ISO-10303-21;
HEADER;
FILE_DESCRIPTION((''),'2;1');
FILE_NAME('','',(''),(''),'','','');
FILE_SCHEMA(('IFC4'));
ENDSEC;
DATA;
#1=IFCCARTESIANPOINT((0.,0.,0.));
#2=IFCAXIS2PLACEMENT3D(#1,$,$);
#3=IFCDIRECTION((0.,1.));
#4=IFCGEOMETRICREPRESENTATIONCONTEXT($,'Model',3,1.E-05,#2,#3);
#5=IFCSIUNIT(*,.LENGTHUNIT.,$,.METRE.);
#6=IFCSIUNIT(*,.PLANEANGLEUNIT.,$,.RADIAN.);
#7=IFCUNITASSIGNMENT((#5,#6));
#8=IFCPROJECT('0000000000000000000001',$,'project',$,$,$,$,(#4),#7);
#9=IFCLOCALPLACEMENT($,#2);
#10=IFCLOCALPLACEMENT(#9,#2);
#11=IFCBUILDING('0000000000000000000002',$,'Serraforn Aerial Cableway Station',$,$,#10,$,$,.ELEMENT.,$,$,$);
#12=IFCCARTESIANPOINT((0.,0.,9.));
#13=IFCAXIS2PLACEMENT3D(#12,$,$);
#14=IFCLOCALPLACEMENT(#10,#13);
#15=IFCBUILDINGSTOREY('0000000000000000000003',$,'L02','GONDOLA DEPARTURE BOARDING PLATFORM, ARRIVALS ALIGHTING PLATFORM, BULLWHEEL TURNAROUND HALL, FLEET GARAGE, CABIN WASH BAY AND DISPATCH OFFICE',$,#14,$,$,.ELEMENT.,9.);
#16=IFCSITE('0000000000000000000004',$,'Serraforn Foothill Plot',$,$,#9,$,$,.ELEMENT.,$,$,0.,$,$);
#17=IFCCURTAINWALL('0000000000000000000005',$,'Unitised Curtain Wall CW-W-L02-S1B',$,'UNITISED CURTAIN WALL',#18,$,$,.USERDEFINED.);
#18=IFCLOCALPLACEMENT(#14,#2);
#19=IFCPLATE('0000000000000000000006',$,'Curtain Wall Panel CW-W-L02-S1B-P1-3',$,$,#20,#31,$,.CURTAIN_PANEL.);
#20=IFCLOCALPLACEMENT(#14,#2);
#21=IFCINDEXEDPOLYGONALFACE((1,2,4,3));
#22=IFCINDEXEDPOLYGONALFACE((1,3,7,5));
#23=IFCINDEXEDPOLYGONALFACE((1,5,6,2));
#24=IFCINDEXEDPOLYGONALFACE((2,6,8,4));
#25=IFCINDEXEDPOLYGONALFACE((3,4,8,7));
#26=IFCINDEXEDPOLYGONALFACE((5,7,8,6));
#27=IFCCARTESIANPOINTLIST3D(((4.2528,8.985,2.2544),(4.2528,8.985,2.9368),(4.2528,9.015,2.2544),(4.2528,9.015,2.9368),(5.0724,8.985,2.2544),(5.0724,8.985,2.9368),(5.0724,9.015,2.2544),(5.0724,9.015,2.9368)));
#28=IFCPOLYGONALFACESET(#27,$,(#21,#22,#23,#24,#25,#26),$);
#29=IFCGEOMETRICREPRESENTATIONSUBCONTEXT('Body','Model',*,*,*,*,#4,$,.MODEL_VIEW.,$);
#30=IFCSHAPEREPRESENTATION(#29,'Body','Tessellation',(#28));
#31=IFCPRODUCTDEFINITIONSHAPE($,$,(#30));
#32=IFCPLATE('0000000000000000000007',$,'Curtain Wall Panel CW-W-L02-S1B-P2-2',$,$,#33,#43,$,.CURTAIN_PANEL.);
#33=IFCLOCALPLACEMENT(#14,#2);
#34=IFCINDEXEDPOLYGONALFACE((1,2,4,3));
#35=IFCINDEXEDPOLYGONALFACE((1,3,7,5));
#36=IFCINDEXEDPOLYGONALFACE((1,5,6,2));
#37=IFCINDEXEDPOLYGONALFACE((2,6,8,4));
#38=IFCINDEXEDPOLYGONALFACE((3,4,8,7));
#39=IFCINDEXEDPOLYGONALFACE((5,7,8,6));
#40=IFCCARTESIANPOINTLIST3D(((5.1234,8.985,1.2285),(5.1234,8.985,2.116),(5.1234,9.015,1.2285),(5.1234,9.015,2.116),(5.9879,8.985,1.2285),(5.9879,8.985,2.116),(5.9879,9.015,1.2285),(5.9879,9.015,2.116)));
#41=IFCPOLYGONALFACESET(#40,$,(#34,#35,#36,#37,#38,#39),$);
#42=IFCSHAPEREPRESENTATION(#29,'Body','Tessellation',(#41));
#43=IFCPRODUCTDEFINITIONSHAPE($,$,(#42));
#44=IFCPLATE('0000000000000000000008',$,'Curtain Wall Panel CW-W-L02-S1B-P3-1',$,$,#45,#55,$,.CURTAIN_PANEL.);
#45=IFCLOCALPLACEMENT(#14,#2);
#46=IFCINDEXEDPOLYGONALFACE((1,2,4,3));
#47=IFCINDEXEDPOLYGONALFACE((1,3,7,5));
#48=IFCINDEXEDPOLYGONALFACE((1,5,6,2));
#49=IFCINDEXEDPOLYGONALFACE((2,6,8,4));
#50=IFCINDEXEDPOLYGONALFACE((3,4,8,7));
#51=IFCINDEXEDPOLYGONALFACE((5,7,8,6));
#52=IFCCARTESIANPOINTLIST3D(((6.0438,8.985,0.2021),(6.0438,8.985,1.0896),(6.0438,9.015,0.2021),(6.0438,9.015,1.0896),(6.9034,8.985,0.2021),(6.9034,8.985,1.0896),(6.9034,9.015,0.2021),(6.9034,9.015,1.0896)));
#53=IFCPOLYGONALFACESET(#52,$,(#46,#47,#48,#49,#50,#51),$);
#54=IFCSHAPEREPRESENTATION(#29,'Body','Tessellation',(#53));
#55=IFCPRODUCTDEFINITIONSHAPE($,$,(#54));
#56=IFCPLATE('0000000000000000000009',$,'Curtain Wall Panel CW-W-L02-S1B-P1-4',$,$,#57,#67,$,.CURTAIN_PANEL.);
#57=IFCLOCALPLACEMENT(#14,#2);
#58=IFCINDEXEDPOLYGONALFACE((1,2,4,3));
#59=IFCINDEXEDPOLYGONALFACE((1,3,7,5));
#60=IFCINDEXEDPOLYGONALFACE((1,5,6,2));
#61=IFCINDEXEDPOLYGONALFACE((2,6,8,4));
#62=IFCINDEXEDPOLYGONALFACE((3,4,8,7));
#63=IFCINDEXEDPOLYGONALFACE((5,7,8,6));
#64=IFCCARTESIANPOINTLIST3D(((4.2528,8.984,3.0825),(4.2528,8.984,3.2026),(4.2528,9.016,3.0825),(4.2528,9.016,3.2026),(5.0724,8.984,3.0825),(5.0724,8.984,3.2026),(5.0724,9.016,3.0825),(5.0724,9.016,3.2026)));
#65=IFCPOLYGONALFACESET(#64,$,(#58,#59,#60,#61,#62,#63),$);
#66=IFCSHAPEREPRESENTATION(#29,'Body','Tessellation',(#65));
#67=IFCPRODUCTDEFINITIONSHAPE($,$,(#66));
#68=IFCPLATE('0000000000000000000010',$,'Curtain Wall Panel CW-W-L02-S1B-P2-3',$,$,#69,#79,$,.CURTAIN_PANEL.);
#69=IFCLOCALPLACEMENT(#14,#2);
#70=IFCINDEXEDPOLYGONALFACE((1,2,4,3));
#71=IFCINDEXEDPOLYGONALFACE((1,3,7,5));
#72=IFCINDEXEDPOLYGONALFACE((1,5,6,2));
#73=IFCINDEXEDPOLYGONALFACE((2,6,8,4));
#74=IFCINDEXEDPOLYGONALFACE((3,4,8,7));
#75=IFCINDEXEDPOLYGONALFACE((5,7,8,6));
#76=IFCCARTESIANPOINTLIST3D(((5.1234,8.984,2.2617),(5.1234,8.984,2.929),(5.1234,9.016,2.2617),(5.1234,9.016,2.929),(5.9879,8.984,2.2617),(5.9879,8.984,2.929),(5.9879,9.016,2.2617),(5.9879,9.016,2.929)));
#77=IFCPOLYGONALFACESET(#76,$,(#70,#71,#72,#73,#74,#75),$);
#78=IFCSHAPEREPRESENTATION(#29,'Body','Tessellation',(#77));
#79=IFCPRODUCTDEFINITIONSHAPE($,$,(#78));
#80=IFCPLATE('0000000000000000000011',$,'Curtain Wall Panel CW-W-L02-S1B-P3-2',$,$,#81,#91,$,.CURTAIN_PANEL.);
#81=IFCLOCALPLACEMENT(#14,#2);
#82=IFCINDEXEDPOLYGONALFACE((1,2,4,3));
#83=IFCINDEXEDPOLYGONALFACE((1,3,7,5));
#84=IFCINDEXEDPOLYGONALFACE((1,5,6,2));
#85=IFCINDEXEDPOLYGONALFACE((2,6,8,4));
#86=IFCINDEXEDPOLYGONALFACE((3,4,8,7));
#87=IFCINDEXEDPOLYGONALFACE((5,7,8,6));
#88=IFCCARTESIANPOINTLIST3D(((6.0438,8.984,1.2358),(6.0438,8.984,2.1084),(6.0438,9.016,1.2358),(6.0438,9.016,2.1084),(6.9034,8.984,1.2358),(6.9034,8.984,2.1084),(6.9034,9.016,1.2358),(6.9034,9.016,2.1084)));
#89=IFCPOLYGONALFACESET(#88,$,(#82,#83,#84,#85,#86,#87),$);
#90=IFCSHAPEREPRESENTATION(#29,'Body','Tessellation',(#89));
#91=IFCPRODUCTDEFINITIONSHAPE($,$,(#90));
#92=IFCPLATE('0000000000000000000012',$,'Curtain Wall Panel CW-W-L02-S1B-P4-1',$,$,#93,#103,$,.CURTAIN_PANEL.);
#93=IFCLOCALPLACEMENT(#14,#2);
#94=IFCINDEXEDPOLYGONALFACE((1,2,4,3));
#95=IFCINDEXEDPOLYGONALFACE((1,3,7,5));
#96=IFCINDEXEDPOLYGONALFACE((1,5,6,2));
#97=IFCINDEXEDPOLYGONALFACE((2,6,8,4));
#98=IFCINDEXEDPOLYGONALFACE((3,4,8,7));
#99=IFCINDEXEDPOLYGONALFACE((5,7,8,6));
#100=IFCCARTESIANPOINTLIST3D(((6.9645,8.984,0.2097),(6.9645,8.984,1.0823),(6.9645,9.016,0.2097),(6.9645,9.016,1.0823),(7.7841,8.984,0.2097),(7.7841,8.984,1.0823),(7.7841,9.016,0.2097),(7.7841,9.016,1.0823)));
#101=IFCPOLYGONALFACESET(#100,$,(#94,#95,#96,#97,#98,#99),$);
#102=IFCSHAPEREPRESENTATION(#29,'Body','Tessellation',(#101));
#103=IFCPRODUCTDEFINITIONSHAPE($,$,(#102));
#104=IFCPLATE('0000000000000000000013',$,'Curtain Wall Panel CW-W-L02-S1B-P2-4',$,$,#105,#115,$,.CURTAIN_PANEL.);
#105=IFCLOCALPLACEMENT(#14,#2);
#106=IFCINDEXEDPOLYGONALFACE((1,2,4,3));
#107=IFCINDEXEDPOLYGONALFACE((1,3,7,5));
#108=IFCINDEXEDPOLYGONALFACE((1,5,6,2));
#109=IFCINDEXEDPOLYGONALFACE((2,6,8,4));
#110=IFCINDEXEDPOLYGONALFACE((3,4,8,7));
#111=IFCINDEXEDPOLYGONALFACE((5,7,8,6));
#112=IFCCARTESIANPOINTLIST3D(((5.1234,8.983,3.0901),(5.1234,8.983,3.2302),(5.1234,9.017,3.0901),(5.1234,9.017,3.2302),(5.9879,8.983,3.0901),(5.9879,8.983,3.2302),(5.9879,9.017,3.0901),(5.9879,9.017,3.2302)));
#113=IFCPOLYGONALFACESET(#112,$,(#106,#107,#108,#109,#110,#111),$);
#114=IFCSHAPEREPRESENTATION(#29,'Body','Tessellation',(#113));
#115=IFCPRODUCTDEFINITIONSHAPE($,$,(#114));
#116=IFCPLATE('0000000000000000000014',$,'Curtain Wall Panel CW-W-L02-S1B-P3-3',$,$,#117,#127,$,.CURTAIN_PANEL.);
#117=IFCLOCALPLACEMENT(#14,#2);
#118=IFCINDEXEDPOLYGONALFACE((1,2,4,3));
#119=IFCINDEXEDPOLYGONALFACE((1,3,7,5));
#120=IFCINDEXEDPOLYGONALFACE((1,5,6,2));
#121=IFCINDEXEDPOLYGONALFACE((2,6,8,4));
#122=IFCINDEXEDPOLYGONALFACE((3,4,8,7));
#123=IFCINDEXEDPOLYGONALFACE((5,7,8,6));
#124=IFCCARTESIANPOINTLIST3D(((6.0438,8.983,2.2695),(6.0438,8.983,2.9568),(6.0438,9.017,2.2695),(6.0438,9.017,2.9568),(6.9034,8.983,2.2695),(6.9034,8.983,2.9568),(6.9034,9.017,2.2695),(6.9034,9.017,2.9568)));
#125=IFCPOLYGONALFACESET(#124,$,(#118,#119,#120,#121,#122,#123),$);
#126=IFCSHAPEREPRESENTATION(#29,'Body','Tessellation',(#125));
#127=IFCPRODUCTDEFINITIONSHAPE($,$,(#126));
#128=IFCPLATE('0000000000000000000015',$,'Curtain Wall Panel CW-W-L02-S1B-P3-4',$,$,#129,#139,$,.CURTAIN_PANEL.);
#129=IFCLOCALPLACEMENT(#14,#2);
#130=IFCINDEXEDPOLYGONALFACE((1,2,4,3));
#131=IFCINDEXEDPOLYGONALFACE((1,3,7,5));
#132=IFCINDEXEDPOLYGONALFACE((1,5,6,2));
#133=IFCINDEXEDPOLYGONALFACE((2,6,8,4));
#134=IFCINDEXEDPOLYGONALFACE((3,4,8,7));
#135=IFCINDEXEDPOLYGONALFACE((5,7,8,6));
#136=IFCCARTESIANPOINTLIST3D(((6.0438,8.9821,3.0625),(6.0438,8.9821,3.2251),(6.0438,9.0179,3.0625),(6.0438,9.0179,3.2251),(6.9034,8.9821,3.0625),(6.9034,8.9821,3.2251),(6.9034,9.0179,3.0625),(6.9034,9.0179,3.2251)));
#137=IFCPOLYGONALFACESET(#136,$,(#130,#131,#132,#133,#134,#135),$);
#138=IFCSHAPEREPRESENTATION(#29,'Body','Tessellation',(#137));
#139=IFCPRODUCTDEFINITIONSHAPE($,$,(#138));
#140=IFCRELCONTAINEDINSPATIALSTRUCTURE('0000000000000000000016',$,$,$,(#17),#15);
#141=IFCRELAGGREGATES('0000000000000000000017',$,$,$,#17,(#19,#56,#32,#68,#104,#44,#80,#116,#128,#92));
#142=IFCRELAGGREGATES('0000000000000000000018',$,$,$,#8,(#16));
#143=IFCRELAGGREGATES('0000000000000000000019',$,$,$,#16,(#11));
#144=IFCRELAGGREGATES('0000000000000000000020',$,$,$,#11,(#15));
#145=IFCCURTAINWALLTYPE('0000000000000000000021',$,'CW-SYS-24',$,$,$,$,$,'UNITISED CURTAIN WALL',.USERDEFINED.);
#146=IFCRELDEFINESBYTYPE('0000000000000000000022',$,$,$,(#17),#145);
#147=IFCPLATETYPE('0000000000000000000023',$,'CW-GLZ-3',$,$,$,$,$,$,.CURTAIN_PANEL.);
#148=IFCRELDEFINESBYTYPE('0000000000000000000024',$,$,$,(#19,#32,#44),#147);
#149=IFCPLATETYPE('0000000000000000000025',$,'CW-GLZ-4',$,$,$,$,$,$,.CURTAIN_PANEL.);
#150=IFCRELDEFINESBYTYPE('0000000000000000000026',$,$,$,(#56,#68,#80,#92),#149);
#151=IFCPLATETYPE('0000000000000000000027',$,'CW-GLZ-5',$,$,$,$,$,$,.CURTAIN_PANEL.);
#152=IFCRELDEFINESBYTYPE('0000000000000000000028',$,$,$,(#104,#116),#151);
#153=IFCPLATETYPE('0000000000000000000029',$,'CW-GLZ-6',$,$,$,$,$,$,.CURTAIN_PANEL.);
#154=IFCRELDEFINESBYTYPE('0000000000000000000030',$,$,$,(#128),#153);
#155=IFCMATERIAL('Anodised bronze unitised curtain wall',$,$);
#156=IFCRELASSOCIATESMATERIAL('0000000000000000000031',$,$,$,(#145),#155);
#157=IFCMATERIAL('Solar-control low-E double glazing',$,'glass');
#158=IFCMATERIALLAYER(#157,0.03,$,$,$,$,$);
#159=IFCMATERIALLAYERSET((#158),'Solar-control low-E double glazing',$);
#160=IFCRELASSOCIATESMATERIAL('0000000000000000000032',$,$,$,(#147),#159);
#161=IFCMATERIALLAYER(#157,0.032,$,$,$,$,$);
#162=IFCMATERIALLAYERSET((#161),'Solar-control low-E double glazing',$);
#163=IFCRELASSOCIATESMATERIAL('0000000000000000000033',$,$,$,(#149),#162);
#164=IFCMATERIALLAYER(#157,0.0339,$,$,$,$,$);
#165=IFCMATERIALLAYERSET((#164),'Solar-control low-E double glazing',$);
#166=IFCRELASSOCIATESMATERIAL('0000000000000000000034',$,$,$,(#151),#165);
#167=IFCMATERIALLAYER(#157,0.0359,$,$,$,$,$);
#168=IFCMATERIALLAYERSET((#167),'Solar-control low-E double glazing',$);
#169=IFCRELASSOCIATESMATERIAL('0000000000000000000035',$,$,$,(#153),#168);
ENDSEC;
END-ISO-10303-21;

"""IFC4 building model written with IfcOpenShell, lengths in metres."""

from ifc_helpers import new_model, si_unit, direction, frame, origin, origin_2d, place, context, subcontext, project, spatial, rectangle, extrude, material, layer, layer_set, type_object, element, aggregate, save


model = new_model("IFC4")

# Units and contexts
model_context = context("Model", 3, precision=1e-05, world=origin(), true_north=direction((0.0, 1.0)))
body_context = subcontext(model_context, "Body", "Model", "MODEL_VIEW")
ifc_project = project(units=[si_unit("LENGTHUNIT", "METRE"), si_unit("PLANEANGLEUNIT", "RADIAN")], contexts=[model_context])

# Site, building, storey
site_placement = place(None, origin())
site = spatial("IfcSite", under=ifc_project, at=site_placement, Name="Serraforn Foothill Plot", CompositionType="ELEMENT", RefElevation=0.0)
building_placement = place(site_placement, origin())
building = spatial("IfcBuilding", under=site, at=building_placement, Name="Serraforn Aerial Cableway Station", CompositionType="ELEMENT")
storey_placement = place(building_placement, frame((0.0, 0.0, 9.0)))
storey = spatial("IfcBuildingStorey", under=building, at=storey_placement, Name="L02", Description="GONDOLA DEPARTURE BOARDING PLATFORM, ARRIVALS ALIGHTING PLATFORM, BULLWHEEL TURNAROUND HALL, FLEET GARAGE, CABIN WASH BAY AND DISPATCH OFFICE", CompositionType="ELEMENT", Elevation=9.0)

# Curtain wall, plates
ifc_material_1 = material(Name="Anodised bronze unitised curtain wall")
curtain_wall_type = type_object("IfcCurtainWallType", Name="CW-SYS-24", ElementType="UNITISED CURTAIN WALL", PredefinedType="USERDEFINED", material=ifc_material_1)
curtain_wall_placement = place(storey_placement, origin())
curtain_wall = element("IfcCurtainWall", 1, at=curtain_wall_placement, inside=storey, type_object=curtain_wall_type, Name="Unitised Curtain Wall CW-W-L02-S1B", ObjectType="UNITISED CURTAIN WALL", PredefinedType="USERDEFINED")
ifc_material_2 = material(Name="Solar-control low-E double glazing", Category="glass")
ifc_layer_1 = layer(ifc_material_2, 0.03)
ifc_layer_set_1 = layer_set([ifc_layer_1], Name="Solar-control low-E double glazing")
plate_type_1 = type_object("IfcPlateType", Name="CW-GLZ-3", PredefinedType="CURTAIN_PANEL", material=ifc_layer_set_1)
plate_1_placement = place(storey_placement, frame((4.6626, 9.0, 2.2544), z_axis=(0.0, 0.0, 1.0), x_axis=(1.0, 0.0, 0.0)))
plate_1 = element("IfcPlate", 2, at=plate_1_placement, type_object=plate_type_1, Name="Curtain Wall Panel CW-W-L02-S1B-P1-3", PredefinedType="CURTAIN_PANEL", context=body_context, shape_type="SweptSolid", body=[
    extrude(rectangle(XDim=0.8196, YDim=0.03, at=origin_2d()), origin(), (0.0, 0.0, 1.0), 0.6824),
])
plate_2_placement = place(storey_placement, frame((5.5557, 9.0, 1.2285), z_axis=(0.0, 0.0, 1.0), x_axis=(1.0, 0.0, 0.0)))
plate_2 = element("IfcPlate", 3, at=plate_2_placement, type_object=plate_type_1, Name="Curtain Wall Panel CW-W-L02-S1B-P2-2", PredefinedType="CURTAIN_PANEL", context=body_context, shape_type="SweptSolid", body=[
    extrude(rectangle(XDim=0.8645, YDim=0.03, at=origin_2d()), origin(), (0.0, 0.0, 1.0), 0.8875),
])
plate_3_placement = place(storey_placement, frame((6.4736, 9.0, 0.2021), z_axis=(0.0, 0.0, 1.0), x_axis=(1.0, 0.0, 0.0)))
plate_3 = element("IfcPlate", 4, at=plate_3_placement, type_object=plate_type_1, Name="Curtain Wall Panel CW-W-L02-S1B-P3-1", PredefinedType="CURTAIN_PANEL", context=body_context, shape_type="SweptSolid", body=[
    extrude(rectangle(XDim=0.8596, YDim=0.03, at=origin_2d()), origin(), (0.0, 0.0, 1.0), 0.8875),
])
ifc_layer_2 = layer(ifc_material_2, 0.032)
ifc_layer_set_2 = layer_set([ifc_layer_2], Name="Solar-control low-E double glazing")
plate_type_2 = type_object("IfcPlateType", Name="CW-GLZ-4", PredefinedType="CURTAIN_PANEL", material=ifc_layer_set_2)
plate_4_placement = place(storey_placement, frame((4.6626, 9.0, 3.0825), z_axis=(0.0, 0.0, 1.0), x_axis=(1.0, 0.0, 0.0)))
plate_4 = element("IfcPlate", 5, at=plate_4_placement, type_object=plate_type_2, Name="Curtain Wall Panel CW-W-L02-S1B-P1-4", PredefinedType="CURTAIN_PANEL", context=body_context, shape_type="SweptSolid", body=[
    extrude(rectangle(XDim=0.8196, YDim=0.032, at=origin_2d()), origin(), (0.0, 0.0, 1.0), 0.1201),
])
plate_5_placement = place(storey_placement, frame((5.5557, 9.0, 2.2617), z_axis=(0.0, 0.0, 1.0), x_axis=(1.0, 0.0, 0.0)))
plate_5 = element("IfcPlate", 6, at=plate_5_placement, type_object=plate_type_2, Name="Curtain Wall Panel CW-W-L02-S1B-P2-3", PredefinedType="CURTAIN_PANEL", context=body_context, shape_type="SweptSolid", body=[
    extrude(rectangle(XDim=0.8645, YDim=0.032, at=origin_2d()), origin(), (0.0, 0.0, 1.0), 0.6672),
])
plate_6_placement = place(storey_placement, frame((6.4736, 9.0, 1.2358), z_axis=(0.0, 0.0, 1.0), x_axis=(1.0, 0.0, 0.0)))
plate_6 = element("IfcPlate", 7, at=plate_6_placement, type_object=plate_type_2, Name="Curtain Wall Panel CW-W-L02-S1B-P3-2", PredefinedType="CURTAIN_PANEL", context=body_context, shape_type="SweptSolid", body=[
    extrude(rectangle(XDim=0.8596, YDim=0.032, at=origin_2d()), origin(), (0.0, 0.0, 1.0), 0.8726),
])
plate_7_placement = place(storey_placement, frame((7.3743, 9.0, 0.2097), z_axis=(0.0, 0.0, 1.0), x_axis=(1.0, 0.0, 0.0)))
plate_7 = element("IfcPlate", 8, at=plate_7_placement, type_object=plate_type_2, Name="Curtain Wall Panel CW-W-L02-S1B-P4-1", PredefinedType="CURTAIN_PANEL", context=body_context, shape_type="SweptSolid", body=[
    extrude(rectangle(XDim=0.8196, YDim=0.032, at=origin_2d()), origin(), (0.0, 0.0, 1.0), 0.8726),
])
ifc_layer_3 = layer(ifc_material_2, 0.0339)
ifc_layer_set_3 = layer_set([ifc_layer_3], Name="Solar-control low-E double glazing")
plate_type_3 = type_object("IfcPlateType", Name="CW-GLZ-5", PredefinedType="CURTAIN_PANEL", material=ifc_layer_set_3)
plate_8_placement = place(storey_placement, frame((5.5557, 9.0, 3.0901), z_axis=(0.0, 0.0, 1.0), x_axis=(1.0, 0.0, 0.0)))
plate_8 = element("IfcPlate", 9, at=plate_8_placement, type_object=plate_type_3, Name="Curtain Wall Panel CW-W-L02-S1B-P2-4", PredefinedType="CURTAIN_PANEL", context=body_context, shape_type="SweptSolid", body=[
    extrude(rectangle(XDim=0.8645, YDim=0.0339, at=origin_2d()), origin(), (0.0, 0.0, 1.0), 0.1401),
])
plate_9_placement = place(storey_placement, frame((6.4736, 9.0, 2.2695), z_axis=(0.0, 0.0, 1.0), x_axis=(1.0, 0.0, 0.0)))
plate_9 = element("IfcPlate", 10, at=plate_9_placement, type_object=plate_type_3, Name="Curtain Wall Panel CW-W-L02-S1B-P3-3", PredefinedType="CURTAIN_PANEL", context=body_context, shape_type="SweptSolid", body=[
    extrude(rectangle(XDim=0.8596, YDim=0.0339, at=origin_2d()), origin(), (0.0, 0.0, 1.0), 0.6873),
])
ifc_layer_4 = layer(ifc_material_2, 0.0359)
ifc_layer_set_4 = layer_set([ifc_layer_4], Name="Solar-control low-E double glazing")
plate_type_4 = type_object("IfcPlateType", Name="CW-GLZ-6", PredefinedType="CURTAIN_PANEL", material=ifc_layer_set_4)
plate_10_placement = place(storey_placement, frame((6.4736, 9.0, 3.0625), z_axis=(0.0, 0.0, 1.0), x_axis=(1.0, 0.0, 0.0)))
plate_10 = element("IfcPlate", 11, at=plate_10_placement, type_object=plate_type_4, Name="Curtain Wall Panel CW-W-L02-S1B-P3-4", PredefinedType="CURTAIN_PANEL", context=body_context, shape_type="SweptSolid", body=[
    extrude(rectangle(XDim=0.8596, YDim=0.0359, at=origin_2d()), origin(), (0.0, 0.0, 1.0), 0.1626),
])
aggregate(curtain_wall, [plate_1, plate_4, plate_2, plate_5, plate_8, plate_3, plate_6, plate_9, plate_10, plate_7])

save(model, "model.ifc")
